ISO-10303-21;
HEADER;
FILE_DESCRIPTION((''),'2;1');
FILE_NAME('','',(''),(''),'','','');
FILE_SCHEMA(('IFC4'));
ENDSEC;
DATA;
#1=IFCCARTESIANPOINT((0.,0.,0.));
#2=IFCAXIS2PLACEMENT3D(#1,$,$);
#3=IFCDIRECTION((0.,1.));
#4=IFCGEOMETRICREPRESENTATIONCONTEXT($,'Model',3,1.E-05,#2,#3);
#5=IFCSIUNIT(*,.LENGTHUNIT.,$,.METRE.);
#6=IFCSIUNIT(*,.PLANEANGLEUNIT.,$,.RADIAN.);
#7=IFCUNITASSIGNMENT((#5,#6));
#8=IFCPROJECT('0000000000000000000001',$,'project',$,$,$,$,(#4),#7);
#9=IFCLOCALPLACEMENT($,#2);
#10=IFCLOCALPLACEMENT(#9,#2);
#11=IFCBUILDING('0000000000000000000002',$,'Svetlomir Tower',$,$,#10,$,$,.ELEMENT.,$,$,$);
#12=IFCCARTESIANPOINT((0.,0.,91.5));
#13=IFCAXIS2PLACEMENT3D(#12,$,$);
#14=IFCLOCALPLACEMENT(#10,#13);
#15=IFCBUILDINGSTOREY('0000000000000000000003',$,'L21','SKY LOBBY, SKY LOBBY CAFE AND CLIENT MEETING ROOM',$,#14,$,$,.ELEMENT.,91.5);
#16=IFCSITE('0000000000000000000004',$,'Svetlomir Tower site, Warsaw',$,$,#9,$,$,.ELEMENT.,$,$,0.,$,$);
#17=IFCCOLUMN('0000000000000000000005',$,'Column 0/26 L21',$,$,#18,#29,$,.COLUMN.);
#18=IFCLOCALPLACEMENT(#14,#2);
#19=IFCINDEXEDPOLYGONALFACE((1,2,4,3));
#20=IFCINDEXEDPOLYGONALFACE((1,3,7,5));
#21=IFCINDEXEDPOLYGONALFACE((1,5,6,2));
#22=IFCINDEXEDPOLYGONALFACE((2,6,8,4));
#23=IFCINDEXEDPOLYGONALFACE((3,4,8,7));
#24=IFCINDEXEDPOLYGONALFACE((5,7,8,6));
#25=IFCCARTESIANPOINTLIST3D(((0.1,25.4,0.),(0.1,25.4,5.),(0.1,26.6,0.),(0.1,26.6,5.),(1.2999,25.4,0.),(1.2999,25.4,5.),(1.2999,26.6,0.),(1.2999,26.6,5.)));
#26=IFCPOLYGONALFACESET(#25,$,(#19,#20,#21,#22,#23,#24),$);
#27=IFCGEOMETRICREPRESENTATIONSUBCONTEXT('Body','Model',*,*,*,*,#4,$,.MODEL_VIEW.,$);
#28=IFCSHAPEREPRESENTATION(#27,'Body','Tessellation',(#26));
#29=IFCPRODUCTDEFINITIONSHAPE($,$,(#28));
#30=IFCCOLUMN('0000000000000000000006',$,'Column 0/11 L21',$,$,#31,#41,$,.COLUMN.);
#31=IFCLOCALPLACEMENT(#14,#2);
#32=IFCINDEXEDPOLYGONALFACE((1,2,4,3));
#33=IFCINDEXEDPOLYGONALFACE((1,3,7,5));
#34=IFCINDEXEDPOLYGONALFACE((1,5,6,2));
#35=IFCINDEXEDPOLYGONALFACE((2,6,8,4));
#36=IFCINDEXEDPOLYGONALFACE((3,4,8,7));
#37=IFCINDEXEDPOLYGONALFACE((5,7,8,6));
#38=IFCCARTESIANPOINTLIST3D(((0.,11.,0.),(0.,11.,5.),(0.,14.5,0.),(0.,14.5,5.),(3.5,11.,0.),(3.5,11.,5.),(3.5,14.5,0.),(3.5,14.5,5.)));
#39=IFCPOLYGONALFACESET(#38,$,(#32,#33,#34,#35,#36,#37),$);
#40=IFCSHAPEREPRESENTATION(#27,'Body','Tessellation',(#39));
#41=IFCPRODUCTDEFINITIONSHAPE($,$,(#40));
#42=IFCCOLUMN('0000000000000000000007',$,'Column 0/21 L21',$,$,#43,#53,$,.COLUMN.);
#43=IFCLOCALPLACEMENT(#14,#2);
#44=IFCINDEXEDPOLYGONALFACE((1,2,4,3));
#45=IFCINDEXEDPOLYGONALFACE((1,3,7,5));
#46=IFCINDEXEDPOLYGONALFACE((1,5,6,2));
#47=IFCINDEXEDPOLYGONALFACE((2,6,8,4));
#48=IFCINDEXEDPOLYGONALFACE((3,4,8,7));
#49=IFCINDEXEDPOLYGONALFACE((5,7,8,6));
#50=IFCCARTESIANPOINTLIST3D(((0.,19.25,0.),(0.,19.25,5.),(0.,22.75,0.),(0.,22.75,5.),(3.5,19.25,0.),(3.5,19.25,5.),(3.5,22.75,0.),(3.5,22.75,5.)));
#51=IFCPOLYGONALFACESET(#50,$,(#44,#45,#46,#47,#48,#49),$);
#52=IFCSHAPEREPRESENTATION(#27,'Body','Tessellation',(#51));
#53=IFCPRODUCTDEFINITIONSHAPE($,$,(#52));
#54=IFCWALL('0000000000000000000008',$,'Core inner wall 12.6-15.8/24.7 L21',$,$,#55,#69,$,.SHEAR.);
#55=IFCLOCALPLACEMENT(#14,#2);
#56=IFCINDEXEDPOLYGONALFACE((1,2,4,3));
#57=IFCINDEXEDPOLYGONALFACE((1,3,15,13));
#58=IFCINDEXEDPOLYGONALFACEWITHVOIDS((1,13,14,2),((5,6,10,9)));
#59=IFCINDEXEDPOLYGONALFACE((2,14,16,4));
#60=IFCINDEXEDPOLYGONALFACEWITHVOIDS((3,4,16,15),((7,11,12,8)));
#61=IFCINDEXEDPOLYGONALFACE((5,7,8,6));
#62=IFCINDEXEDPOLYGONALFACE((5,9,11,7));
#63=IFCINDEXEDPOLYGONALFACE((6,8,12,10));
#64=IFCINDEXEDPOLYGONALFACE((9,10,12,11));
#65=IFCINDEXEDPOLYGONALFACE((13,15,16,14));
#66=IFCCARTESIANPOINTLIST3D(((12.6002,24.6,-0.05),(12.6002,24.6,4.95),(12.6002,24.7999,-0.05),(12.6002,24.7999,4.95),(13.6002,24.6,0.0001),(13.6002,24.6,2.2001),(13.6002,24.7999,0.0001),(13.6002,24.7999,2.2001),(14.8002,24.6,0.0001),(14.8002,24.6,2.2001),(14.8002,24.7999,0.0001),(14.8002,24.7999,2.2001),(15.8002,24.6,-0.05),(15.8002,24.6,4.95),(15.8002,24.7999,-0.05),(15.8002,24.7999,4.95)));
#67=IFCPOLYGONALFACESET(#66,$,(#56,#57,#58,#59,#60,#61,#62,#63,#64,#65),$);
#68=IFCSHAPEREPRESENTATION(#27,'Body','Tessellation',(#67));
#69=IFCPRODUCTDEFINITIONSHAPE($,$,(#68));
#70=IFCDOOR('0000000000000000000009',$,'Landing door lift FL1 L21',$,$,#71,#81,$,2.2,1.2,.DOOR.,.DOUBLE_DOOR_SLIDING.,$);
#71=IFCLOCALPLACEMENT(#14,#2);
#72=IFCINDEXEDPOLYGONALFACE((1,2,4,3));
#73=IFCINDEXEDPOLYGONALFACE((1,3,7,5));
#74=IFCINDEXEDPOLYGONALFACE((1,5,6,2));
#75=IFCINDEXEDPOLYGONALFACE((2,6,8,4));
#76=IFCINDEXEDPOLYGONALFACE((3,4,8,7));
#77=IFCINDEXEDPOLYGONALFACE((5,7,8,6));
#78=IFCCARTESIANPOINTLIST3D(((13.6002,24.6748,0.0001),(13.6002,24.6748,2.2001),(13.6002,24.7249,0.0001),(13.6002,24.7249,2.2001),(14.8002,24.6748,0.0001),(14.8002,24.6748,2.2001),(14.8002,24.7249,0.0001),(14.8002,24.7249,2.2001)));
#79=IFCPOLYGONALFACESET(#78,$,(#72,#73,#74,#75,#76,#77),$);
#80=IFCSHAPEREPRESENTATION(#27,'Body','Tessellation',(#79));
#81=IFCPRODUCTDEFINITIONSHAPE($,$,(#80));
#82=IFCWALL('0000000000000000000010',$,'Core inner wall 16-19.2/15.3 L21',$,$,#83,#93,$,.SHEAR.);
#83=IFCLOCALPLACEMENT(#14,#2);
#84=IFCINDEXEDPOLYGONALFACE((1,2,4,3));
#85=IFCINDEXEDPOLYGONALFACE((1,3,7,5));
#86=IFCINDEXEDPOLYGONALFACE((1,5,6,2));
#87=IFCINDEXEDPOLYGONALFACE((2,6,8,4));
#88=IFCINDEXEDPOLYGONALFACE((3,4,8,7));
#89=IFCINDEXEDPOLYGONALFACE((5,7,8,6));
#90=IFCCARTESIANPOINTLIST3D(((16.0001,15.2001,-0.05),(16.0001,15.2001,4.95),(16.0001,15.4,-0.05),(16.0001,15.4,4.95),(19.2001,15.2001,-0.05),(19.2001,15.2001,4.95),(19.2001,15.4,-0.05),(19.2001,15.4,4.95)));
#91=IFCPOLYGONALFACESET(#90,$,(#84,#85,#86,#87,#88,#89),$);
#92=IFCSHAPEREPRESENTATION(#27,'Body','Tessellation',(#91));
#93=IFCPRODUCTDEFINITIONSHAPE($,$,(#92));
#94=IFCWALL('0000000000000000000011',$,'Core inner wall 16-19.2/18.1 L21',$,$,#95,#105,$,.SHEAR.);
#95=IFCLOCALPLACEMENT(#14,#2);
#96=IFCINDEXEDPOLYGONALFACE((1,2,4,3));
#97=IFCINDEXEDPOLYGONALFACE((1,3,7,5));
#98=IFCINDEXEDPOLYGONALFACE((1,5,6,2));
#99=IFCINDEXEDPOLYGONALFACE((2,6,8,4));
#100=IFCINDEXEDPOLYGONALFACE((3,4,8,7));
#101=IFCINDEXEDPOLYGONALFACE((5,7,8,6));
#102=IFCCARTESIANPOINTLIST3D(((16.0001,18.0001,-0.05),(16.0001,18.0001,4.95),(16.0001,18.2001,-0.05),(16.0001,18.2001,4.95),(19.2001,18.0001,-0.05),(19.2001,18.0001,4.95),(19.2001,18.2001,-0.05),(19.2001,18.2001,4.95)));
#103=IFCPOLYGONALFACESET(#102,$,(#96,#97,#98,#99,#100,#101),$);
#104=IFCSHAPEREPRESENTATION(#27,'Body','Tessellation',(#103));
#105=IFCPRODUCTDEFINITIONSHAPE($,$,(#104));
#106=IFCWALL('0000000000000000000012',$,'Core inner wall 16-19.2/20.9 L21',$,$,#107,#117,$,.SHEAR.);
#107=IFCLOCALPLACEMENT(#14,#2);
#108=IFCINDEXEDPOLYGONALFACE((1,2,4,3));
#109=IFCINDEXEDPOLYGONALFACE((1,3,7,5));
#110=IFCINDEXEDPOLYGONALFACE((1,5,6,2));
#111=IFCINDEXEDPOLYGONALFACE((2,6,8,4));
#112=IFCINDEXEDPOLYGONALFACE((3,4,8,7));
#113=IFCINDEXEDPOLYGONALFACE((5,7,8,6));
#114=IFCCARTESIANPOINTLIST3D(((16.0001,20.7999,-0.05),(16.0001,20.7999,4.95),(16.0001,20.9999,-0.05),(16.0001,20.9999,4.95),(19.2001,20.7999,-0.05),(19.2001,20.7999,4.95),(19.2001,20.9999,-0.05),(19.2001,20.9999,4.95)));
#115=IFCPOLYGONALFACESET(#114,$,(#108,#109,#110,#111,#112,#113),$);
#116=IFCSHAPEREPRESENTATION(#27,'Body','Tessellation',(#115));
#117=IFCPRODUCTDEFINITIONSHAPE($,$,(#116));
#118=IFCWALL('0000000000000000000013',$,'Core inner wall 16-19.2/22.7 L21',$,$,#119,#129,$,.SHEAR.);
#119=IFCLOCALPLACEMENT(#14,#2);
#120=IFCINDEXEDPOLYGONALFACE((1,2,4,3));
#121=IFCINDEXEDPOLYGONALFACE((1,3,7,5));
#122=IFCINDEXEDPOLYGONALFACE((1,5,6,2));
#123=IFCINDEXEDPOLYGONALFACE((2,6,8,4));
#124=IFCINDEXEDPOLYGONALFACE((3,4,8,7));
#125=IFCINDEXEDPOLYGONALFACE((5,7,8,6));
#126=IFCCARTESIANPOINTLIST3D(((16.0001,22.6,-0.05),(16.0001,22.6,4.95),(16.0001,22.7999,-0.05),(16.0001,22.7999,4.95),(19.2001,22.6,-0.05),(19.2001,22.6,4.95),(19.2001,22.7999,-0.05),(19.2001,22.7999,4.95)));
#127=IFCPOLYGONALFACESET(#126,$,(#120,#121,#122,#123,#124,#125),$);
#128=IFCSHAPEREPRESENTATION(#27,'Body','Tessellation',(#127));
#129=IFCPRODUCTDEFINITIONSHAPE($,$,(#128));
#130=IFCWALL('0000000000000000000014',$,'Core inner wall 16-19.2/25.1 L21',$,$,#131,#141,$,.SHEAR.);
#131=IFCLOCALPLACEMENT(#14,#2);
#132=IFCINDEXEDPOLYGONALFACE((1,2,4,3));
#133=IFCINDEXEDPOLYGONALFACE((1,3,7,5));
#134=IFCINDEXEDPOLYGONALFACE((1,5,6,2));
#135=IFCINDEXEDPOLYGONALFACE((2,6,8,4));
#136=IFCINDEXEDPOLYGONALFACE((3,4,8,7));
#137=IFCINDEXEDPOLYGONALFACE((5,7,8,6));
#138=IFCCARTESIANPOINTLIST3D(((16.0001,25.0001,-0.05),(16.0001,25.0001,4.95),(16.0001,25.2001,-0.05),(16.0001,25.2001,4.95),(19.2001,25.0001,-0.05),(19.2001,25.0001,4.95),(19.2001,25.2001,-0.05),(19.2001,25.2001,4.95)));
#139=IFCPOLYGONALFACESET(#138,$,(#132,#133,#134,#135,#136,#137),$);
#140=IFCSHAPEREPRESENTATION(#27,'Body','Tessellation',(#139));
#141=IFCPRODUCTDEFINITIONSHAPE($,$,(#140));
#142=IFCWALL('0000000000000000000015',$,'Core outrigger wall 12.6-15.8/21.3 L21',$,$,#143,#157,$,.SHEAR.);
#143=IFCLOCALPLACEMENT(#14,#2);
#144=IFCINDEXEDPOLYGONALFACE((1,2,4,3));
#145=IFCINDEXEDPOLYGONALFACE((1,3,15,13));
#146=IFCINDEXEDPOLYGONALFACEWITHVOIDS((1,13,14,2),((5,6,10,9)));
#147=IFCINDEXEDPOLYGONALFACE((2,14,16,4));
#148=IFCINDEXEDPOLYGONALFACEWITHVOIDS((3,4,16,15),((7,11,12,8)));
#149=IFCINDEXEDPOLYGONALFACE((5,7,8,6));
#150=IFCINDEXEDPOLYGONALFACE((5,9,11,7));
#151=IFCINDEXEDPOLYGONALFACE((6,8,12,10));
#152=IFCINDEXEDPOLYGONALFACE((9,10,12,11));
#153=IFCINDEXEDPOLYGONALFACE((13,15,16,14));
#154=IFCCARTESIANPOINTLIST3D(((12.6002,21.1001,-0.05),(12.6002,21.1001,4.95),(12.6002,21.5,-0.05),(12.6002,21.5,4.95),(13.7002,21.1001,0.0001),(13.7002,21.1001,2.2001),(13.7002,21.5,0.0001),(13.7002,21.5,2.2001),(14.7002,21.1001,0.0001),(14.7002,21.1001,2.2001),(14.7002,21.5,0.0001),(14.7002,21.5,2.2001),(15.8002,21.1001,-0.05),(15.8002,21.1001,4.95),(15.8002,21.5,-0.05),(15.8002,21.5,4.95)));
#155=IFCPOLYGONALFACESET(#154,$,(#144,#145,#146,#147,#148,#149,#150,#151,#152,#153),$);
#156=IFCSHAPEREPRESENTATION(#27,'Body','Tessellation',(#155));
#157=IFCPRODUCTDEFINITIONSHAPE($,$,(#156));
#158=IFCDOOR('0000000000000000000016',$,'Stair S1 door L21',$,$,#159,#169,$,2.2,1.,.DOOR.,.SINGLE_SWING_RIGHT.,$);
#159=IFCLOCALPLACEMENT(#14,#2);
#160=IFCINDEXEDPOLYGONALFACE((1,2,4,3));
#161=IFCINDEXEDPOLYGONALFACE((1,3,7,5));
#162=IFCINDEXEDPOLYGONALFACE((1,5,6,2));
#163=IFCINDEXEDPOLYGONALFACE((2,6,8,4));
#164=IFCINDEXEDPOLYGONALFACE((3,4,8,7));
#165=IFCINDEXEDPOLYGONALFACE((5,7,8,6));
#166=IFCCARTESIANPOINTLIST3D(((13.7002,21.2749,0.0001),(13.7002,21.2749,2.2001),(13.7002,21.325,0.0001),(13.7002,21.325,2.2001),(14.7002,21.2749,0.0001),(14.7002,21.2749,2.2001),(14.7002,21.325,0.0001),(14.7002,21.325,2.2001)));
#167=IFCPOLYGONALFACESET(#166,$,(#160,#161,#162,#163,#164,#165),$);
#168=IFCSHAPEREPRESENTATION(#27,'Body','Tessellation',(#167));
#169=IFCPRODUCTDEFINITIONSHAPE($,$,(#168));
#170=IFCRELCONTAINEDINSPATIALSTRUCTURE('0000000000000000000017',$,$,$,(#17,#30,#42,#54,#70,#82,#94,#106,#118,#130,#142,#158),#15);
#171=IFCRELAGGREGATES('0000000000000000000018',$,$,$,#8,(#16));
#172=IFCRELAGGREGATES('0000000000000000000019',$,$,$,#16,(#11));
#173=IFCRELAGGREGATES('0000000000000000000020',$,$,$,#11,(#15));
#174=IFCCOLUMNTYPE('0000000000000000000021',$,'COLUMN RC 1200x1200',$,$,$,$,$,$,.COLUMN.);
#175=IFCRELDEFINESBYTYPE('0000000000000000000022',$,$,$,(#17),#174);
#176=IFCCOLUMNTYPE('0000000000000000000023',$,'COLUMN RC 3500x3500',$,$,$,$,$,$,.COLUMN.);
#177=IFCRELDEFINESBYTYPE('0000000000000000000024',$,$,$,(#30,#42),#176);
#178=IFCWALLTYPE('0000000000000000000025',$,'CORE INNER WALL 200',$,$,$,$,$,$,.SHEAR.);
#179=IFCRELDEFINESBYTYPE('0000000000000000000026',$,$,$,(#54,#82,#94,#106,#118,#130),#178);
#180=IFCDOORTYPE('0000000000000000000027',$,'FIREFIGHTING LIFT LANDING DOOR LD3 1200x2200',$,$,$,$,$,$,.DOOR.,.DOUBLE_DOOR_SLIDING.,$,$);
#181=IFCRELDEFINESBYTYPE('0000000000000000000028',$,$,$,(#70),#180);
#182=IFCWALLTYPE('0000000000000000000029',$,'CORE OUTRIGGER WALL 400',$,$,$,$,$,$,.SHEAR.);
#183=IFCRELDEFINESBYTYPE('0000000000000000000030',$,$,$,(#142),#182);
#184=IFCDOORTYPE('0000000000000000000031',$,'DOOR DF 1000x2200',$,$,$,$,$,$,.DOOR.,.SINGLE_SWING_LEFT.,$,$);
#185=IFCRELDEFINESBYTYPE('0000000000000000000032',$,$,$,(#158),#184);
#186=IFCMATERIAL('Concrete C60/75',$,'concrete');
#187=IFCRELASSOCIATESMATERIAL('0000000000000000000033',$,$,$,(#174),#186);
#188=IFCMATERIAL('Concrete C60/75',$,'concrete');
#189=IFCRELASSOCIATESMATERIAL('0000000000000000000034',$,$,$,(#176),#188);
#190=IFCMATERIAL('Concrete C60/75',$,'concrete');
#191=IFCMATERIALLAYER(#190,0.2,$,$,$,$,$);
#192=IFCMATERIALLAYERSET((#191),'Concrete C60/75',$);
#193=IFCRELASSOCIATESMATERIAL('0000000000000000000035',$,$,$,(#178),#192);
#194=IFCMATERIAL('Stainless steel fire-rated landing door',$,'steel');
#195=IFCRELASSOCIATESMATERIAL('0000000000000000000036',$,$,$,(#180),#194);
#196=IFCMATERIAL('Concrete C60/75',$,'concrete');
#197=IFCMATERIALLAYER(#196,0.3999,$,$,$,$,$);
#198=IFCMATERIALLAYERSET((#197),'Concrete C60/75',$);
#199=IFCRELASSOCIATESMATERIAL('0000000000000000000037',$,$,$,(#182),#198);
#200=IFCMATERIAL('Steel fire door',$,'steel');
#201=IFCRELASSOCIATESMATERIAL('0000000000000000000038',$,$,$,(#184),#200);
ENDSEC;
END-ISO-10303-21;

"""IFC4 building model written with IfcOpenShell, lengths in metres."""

from ifc_helpers import new_model, si_unit, direction, frame, frame_2d, origin, origin_2d, place, context, subcontext, project, spatial, rectangle, extrude, material, layer, layer_set, material_profile, profile_set, type_object, element, fill, save


model = new_model("IFC4")

# Units and contexts
model_context = context("Model", 3, precision=1e-05, world=origin(), true_north=direction((0.0, 1.0)))
body_context = subcontext(model_context, "Body", "Model", "MODEL_VIEW")
ifc_project = project(units=[si_unit("LENGTHUNIT", "METRE"), si_unit("PLANEANGLEUNIT", "RADIAN")], contexts=[model_context])

# Site, building, storey
site_placement = place(None, origin())
site = spatial("IfcSite", under=ifc_project, at=site_placement, Name="Svetlomir Tower site, Warsaw", CompositionType="ELEMENT", RefElevation=0.0)
building_placement = place(site_placement, origin())
building = spatial("IfcBuilding", under=site, at=building_placement, Name="Svetlomir Tower", CompositionType="ELEMENT")
storey_placement = place(building_placement, frame((0.0, 0.0, 91.5)))
storey = spatial("IfcBuildingStorey", under=building, at=storey_placement, Name="L21", Description="SKY LOBBY, SKY LOBBY CAFE AND CLIENT MEETING ROOM", CompositionType="ELEMENT", Elevation=91.5)

# Columns
ifc_material_1 = material(Name="Concrete C60/75", Category="concrete")
ifc_material_profile_1 = material_profile(ifc_material_1, rectangle(XDim=1.2, YDim=1.2, at=origin_2d()), Name="RC 1200x1200")
ifc_profile_set_1 = profile_set([ifc_material_profile_1], Name="Concrete C60/75")
column_type_1 = type_object("IfcColumnType", Name="COLUMN RC 1200x1200", PredefinedType="COLUMN", material=ifc_profile_set_1)
column_placement = place(storey_placement, frame((0.7, 26.0, 0.0), z_axis=(0.0, 0.0, 1.0), x_axis=(1.0, 0.0, 0.0)))
element("IfcColumn", 1, at=column_placement, inside=storey, type_object=column_type_1, Name="Column 0/26 L21", PredefinedType="COLUMN", context=body_context, shape_type="SweptSolid", body=[
    extrude(rectangle(XDim=1.2, YDim=1.2, at=origin_2d()), origin(), (0.0, 0.0, 1.0), 5.0),
])
ifc_material_2 = material(Name="Concrete C60/75", Category="concrete")
ifc_material_profile_2 = material_profile(ifc_material_2, rectangle(XDim=3.5, YDim=3.5, at=origin_2d()), Name="RC 3500x3500")
ifc_profile_set_2 = profile_set([ifc_material_profile_2], Name="Concrete C60/75")
column_type_2 = type_object("IfcColumnType", Name="COLUMN RC 3500x3500", PredefinedType="COLUMN", material=ifc_profile_set_2)
for number, where, z_axis, x_axis, name in (
    (2, (1.75, 12.75, 0.0), (0.0, 0.0, 1.0), (1.0, 0.0, 0.0), "Column 0/11 L21"),
    (3, (1.75, 21.0, 0.0), (0.0, 0.0, 1.0), (1.0, 0.0, 0.0), "Column 0/21 L21"),
):
    element("IfcColumn", number, at=place(storey_placement, frame(where, z_axis=z_axis, x_axis=x_axis)), inside=storey, type_object=column_type_2, Name=name, PredefinedType="COLUMN", context=body_context, shape_type="SweptSolid", body=[
        extrude(rectangle(XDim=3.5, YDim=3.5, at=origin_2d()), origin(), (0.0, 0.0, 1.0), 5.0),
    ])

# Wall, opening, door
ifc_material_3 = material(Name="Concrete C60/75", Category="concrete")
ifc_layer_1 = layer(ifc_material_3, 0.2)
ifc_layer_set_1 = layer_set([ifc_layer_1], Name="Concrete C60/75")
wall_type_1 = type_object("IfcWallType", Name="CORE INNER WALL 200", PredefinedType="SHEAR", material=ifc_layer_set_1)
wall_1_placement = place(storey_placement, frame((12.6001, 24.7, -0.05), z_axis=(0.0, 0.0, 1.0), x_axis=(1.0, 0.0, 0.0)))
wall_1 = element("IfcWall", 4, at=wall_1_placement, inside=storey, type_object=wall_type_1, Name="Core inner wall 12.6-15.8/24.7 L21", PredefinedType="SHEAR", context=body_context, shape_type="SweptSolid", body=[
    extrude(rectangle(XDim=3.2, YDim=0.2, at=frame_2d((1.6001, 0.0))), origin(), (0.0, 0.0, 1.0), 5.0),
])
opening_1_placement = place(wall_1_placement, frame((1.0, 0.0, 0.05)))
opening_1 = element("IfcOpeningElement", 5, at=opening_1_placement, cuts=wall_1, PredefinedType="OPENING", context=body_context, shape_type="SweptSolid", body=[
    extrude(rectangle(XDim=1.2, YDim=2.2, at=frame_2d((0.6001, 1.1001))), frame((0.0, 0.1099, 0.0), z_axis=(0.0, -1.0, 0.0), x_axis=(1.0, 0.0, 0.0)), (0.0, 0.0, 1.0), 0.22),
])
ifc_material_4 = material(Name="Stainless steel fire-rated landing door", Category="steel")
door_type_1 = type_object("IfcDoorType", Name="FIREFIGHTING LIFT LANDING DOOR LD3 1200x2200", OperationType="DOUBLE_DOOR_SLIDING", PredefinedType="DOOR", material=ifc_material_4)
door_1_placement = place(opening_1_placement, origin())
door_1 = element("IfcDoor", 6, at=door_1_placement, inside=storey, type_object=door_type_1, Name="Landing door lift FL1 L21", OperationType="DOUBLE_DOOR_SLIDING", OverallHeight=2.2, OverallWidth=1.2, PredefinedType="DOOR", context=body_context, shape_type="SweptSolid", body=[
    extrude(rectangle(XDim=1.2, YDim=2.2, at=frame_2d((0.6001, 1.1001))), frame((0.0, 0.0249, 0.0), z_axis=(0.0, -1.0, 0.0), x_axis=(1.0, 0.0, 0.0)), (0.0, 0.0, 1.0), 0.05),
])
fill(opening_1, door_1)

# Walls
for number, where, z_axis, x_axis, name in (
    (7, (16.0, 15.3, -0.05), (0.0, 0.0, 1.0), (1.0, 0.0, 0.0), "Core inner wall 16-19.2/15.3 L21"),
    (8, (16.0, 18.1001, -0.05), (0.0, 0.0, 1.0), (1.0, 0.0, 0.0), "Core inner wall 16-19.2/18.1 L21"),
    (9, (16.0, 20.8999, -0.05), (0.0, 0.0, 1.0), (1.0, 0.0, 0.0), "Core inner wall 16-19.2/20.9 L21"),
    (10, (16.0, 22.7, -0.05), (0.0, 0.0, 1.0), (1.0, 0.0, 0.0), "Core inner wall 16-19.2/22.7 L21"),
    (11, (16.0, 25.1001, -0.05), (0.0, 0.0, 1.0), (1.0, 0.0, 0.0), "Core inner wall 16-19.2/25.1 L21"),
):
    element("IfcWall", number, at=place(storey_placement, frame(where, z_axis=z_axis, x_axis=x_axis)), inside=storey, type_object=wall_type_1, Name=name, PredefinedType="SHEAR", context=body_context, shape_type="SweptSolid", body=[
        extrude(rectangle(XDim=3.2, YDim=0.2, at=frame_2d((1.6001, 0.0))), origin(), (0.0, 0.0, 1.0), 5.0),
    ])

# Wall, opening, door
ifc_material_5 = material(Name="Concrete C60/75", Category="concrete")
ifc_layer_2 = layer(ifc_material_5, 0.3999)
ifc_layer_set_2 = layer_set([ifc_layer_2], Name="Concrete C60/75")
wall_type_2 = type_object("IfcWallType", Name="CORE OUTRIGGER WALL 400", PredefinedType="SHEAR", material=ifc_layer_set_2)
wall_2_placement = place(storey_placement, frame((12.6001, 21.3, -0.05), z_axis=(0.0, 0.0, 1.0), x_axis=(1.0, 0.0, 0.0)))
wall_2 = element("IfcWall", 12, at=wall_2_placement, inside=storey, type_object=wall_type_2, Name="Core outrigger wall 12.6-15.8/21.3 L21", PredefinedType="SHEAR", context=body_context, shape_type="SweptSolid", body=[
    extrude(rectangle(XDim=3.2, YDim=0.3999, at=frame_2d((1.6001, 0.0))), origin(), (0.0, 0.0, 1.0), 5.0),
])
opening_2_placement = place(wall_2_placement, frame((1.1001, 0.0, 0.05)))
opening_2 = element("IfcOpeningElement", 13, at=opening_2_placement, cuts=wall_2, PredefinedType="OPENING", context=body_context, shape_type="SweptSolid", body=[
    extrude(rectangle(XDim=1.0, YDim=2.2, at=frame_2d((0.5, 1.1001))), frame((0.0, 0.21, 0.0), z_axis=(0.0, -1.0, 0.0), x_axis=(1.0, 0.0, 0.0)), (0.0, 0.0, 1.0), 0.4199),
])
ifc_material_6 = material(Name="Steel fire door", Category="steel")
door_type_2 = type_object("IfcDoorType", Name="DOOR DF 1000x2200", OperationType="SINGLE_SWING_LEFT", PredefinedType="DOOR", material=ifc_material_6)
door_2_placement = place(opening_2_placement, origin())
door_2 = element("IfcDoor", 14, at=door_2_placement, inside=storey, type_object=door_type_2, Name="Stair S1 door L21", OperationType="SINGLE_SWING_RIGHT", OverallHeight=2.2, OverallWidth=1.0, PredefinedType="DOOR", context=body_context, shape_type="SweptSolid", body=[
    extrude(rectangle(XDim=1.0, YDim=2.2, at=frame_2d((0.5, 1.1001))), frame((0.0, 0.0249, 0.0), z_axis=(0.0, -1.0, 0.0), x_axis=(1.0, 0.0, 0.0)), (0.0, 0.0, 1.0), 0.05),
])
fill(opening_2, door_2)

save(model, "model.ifc")
